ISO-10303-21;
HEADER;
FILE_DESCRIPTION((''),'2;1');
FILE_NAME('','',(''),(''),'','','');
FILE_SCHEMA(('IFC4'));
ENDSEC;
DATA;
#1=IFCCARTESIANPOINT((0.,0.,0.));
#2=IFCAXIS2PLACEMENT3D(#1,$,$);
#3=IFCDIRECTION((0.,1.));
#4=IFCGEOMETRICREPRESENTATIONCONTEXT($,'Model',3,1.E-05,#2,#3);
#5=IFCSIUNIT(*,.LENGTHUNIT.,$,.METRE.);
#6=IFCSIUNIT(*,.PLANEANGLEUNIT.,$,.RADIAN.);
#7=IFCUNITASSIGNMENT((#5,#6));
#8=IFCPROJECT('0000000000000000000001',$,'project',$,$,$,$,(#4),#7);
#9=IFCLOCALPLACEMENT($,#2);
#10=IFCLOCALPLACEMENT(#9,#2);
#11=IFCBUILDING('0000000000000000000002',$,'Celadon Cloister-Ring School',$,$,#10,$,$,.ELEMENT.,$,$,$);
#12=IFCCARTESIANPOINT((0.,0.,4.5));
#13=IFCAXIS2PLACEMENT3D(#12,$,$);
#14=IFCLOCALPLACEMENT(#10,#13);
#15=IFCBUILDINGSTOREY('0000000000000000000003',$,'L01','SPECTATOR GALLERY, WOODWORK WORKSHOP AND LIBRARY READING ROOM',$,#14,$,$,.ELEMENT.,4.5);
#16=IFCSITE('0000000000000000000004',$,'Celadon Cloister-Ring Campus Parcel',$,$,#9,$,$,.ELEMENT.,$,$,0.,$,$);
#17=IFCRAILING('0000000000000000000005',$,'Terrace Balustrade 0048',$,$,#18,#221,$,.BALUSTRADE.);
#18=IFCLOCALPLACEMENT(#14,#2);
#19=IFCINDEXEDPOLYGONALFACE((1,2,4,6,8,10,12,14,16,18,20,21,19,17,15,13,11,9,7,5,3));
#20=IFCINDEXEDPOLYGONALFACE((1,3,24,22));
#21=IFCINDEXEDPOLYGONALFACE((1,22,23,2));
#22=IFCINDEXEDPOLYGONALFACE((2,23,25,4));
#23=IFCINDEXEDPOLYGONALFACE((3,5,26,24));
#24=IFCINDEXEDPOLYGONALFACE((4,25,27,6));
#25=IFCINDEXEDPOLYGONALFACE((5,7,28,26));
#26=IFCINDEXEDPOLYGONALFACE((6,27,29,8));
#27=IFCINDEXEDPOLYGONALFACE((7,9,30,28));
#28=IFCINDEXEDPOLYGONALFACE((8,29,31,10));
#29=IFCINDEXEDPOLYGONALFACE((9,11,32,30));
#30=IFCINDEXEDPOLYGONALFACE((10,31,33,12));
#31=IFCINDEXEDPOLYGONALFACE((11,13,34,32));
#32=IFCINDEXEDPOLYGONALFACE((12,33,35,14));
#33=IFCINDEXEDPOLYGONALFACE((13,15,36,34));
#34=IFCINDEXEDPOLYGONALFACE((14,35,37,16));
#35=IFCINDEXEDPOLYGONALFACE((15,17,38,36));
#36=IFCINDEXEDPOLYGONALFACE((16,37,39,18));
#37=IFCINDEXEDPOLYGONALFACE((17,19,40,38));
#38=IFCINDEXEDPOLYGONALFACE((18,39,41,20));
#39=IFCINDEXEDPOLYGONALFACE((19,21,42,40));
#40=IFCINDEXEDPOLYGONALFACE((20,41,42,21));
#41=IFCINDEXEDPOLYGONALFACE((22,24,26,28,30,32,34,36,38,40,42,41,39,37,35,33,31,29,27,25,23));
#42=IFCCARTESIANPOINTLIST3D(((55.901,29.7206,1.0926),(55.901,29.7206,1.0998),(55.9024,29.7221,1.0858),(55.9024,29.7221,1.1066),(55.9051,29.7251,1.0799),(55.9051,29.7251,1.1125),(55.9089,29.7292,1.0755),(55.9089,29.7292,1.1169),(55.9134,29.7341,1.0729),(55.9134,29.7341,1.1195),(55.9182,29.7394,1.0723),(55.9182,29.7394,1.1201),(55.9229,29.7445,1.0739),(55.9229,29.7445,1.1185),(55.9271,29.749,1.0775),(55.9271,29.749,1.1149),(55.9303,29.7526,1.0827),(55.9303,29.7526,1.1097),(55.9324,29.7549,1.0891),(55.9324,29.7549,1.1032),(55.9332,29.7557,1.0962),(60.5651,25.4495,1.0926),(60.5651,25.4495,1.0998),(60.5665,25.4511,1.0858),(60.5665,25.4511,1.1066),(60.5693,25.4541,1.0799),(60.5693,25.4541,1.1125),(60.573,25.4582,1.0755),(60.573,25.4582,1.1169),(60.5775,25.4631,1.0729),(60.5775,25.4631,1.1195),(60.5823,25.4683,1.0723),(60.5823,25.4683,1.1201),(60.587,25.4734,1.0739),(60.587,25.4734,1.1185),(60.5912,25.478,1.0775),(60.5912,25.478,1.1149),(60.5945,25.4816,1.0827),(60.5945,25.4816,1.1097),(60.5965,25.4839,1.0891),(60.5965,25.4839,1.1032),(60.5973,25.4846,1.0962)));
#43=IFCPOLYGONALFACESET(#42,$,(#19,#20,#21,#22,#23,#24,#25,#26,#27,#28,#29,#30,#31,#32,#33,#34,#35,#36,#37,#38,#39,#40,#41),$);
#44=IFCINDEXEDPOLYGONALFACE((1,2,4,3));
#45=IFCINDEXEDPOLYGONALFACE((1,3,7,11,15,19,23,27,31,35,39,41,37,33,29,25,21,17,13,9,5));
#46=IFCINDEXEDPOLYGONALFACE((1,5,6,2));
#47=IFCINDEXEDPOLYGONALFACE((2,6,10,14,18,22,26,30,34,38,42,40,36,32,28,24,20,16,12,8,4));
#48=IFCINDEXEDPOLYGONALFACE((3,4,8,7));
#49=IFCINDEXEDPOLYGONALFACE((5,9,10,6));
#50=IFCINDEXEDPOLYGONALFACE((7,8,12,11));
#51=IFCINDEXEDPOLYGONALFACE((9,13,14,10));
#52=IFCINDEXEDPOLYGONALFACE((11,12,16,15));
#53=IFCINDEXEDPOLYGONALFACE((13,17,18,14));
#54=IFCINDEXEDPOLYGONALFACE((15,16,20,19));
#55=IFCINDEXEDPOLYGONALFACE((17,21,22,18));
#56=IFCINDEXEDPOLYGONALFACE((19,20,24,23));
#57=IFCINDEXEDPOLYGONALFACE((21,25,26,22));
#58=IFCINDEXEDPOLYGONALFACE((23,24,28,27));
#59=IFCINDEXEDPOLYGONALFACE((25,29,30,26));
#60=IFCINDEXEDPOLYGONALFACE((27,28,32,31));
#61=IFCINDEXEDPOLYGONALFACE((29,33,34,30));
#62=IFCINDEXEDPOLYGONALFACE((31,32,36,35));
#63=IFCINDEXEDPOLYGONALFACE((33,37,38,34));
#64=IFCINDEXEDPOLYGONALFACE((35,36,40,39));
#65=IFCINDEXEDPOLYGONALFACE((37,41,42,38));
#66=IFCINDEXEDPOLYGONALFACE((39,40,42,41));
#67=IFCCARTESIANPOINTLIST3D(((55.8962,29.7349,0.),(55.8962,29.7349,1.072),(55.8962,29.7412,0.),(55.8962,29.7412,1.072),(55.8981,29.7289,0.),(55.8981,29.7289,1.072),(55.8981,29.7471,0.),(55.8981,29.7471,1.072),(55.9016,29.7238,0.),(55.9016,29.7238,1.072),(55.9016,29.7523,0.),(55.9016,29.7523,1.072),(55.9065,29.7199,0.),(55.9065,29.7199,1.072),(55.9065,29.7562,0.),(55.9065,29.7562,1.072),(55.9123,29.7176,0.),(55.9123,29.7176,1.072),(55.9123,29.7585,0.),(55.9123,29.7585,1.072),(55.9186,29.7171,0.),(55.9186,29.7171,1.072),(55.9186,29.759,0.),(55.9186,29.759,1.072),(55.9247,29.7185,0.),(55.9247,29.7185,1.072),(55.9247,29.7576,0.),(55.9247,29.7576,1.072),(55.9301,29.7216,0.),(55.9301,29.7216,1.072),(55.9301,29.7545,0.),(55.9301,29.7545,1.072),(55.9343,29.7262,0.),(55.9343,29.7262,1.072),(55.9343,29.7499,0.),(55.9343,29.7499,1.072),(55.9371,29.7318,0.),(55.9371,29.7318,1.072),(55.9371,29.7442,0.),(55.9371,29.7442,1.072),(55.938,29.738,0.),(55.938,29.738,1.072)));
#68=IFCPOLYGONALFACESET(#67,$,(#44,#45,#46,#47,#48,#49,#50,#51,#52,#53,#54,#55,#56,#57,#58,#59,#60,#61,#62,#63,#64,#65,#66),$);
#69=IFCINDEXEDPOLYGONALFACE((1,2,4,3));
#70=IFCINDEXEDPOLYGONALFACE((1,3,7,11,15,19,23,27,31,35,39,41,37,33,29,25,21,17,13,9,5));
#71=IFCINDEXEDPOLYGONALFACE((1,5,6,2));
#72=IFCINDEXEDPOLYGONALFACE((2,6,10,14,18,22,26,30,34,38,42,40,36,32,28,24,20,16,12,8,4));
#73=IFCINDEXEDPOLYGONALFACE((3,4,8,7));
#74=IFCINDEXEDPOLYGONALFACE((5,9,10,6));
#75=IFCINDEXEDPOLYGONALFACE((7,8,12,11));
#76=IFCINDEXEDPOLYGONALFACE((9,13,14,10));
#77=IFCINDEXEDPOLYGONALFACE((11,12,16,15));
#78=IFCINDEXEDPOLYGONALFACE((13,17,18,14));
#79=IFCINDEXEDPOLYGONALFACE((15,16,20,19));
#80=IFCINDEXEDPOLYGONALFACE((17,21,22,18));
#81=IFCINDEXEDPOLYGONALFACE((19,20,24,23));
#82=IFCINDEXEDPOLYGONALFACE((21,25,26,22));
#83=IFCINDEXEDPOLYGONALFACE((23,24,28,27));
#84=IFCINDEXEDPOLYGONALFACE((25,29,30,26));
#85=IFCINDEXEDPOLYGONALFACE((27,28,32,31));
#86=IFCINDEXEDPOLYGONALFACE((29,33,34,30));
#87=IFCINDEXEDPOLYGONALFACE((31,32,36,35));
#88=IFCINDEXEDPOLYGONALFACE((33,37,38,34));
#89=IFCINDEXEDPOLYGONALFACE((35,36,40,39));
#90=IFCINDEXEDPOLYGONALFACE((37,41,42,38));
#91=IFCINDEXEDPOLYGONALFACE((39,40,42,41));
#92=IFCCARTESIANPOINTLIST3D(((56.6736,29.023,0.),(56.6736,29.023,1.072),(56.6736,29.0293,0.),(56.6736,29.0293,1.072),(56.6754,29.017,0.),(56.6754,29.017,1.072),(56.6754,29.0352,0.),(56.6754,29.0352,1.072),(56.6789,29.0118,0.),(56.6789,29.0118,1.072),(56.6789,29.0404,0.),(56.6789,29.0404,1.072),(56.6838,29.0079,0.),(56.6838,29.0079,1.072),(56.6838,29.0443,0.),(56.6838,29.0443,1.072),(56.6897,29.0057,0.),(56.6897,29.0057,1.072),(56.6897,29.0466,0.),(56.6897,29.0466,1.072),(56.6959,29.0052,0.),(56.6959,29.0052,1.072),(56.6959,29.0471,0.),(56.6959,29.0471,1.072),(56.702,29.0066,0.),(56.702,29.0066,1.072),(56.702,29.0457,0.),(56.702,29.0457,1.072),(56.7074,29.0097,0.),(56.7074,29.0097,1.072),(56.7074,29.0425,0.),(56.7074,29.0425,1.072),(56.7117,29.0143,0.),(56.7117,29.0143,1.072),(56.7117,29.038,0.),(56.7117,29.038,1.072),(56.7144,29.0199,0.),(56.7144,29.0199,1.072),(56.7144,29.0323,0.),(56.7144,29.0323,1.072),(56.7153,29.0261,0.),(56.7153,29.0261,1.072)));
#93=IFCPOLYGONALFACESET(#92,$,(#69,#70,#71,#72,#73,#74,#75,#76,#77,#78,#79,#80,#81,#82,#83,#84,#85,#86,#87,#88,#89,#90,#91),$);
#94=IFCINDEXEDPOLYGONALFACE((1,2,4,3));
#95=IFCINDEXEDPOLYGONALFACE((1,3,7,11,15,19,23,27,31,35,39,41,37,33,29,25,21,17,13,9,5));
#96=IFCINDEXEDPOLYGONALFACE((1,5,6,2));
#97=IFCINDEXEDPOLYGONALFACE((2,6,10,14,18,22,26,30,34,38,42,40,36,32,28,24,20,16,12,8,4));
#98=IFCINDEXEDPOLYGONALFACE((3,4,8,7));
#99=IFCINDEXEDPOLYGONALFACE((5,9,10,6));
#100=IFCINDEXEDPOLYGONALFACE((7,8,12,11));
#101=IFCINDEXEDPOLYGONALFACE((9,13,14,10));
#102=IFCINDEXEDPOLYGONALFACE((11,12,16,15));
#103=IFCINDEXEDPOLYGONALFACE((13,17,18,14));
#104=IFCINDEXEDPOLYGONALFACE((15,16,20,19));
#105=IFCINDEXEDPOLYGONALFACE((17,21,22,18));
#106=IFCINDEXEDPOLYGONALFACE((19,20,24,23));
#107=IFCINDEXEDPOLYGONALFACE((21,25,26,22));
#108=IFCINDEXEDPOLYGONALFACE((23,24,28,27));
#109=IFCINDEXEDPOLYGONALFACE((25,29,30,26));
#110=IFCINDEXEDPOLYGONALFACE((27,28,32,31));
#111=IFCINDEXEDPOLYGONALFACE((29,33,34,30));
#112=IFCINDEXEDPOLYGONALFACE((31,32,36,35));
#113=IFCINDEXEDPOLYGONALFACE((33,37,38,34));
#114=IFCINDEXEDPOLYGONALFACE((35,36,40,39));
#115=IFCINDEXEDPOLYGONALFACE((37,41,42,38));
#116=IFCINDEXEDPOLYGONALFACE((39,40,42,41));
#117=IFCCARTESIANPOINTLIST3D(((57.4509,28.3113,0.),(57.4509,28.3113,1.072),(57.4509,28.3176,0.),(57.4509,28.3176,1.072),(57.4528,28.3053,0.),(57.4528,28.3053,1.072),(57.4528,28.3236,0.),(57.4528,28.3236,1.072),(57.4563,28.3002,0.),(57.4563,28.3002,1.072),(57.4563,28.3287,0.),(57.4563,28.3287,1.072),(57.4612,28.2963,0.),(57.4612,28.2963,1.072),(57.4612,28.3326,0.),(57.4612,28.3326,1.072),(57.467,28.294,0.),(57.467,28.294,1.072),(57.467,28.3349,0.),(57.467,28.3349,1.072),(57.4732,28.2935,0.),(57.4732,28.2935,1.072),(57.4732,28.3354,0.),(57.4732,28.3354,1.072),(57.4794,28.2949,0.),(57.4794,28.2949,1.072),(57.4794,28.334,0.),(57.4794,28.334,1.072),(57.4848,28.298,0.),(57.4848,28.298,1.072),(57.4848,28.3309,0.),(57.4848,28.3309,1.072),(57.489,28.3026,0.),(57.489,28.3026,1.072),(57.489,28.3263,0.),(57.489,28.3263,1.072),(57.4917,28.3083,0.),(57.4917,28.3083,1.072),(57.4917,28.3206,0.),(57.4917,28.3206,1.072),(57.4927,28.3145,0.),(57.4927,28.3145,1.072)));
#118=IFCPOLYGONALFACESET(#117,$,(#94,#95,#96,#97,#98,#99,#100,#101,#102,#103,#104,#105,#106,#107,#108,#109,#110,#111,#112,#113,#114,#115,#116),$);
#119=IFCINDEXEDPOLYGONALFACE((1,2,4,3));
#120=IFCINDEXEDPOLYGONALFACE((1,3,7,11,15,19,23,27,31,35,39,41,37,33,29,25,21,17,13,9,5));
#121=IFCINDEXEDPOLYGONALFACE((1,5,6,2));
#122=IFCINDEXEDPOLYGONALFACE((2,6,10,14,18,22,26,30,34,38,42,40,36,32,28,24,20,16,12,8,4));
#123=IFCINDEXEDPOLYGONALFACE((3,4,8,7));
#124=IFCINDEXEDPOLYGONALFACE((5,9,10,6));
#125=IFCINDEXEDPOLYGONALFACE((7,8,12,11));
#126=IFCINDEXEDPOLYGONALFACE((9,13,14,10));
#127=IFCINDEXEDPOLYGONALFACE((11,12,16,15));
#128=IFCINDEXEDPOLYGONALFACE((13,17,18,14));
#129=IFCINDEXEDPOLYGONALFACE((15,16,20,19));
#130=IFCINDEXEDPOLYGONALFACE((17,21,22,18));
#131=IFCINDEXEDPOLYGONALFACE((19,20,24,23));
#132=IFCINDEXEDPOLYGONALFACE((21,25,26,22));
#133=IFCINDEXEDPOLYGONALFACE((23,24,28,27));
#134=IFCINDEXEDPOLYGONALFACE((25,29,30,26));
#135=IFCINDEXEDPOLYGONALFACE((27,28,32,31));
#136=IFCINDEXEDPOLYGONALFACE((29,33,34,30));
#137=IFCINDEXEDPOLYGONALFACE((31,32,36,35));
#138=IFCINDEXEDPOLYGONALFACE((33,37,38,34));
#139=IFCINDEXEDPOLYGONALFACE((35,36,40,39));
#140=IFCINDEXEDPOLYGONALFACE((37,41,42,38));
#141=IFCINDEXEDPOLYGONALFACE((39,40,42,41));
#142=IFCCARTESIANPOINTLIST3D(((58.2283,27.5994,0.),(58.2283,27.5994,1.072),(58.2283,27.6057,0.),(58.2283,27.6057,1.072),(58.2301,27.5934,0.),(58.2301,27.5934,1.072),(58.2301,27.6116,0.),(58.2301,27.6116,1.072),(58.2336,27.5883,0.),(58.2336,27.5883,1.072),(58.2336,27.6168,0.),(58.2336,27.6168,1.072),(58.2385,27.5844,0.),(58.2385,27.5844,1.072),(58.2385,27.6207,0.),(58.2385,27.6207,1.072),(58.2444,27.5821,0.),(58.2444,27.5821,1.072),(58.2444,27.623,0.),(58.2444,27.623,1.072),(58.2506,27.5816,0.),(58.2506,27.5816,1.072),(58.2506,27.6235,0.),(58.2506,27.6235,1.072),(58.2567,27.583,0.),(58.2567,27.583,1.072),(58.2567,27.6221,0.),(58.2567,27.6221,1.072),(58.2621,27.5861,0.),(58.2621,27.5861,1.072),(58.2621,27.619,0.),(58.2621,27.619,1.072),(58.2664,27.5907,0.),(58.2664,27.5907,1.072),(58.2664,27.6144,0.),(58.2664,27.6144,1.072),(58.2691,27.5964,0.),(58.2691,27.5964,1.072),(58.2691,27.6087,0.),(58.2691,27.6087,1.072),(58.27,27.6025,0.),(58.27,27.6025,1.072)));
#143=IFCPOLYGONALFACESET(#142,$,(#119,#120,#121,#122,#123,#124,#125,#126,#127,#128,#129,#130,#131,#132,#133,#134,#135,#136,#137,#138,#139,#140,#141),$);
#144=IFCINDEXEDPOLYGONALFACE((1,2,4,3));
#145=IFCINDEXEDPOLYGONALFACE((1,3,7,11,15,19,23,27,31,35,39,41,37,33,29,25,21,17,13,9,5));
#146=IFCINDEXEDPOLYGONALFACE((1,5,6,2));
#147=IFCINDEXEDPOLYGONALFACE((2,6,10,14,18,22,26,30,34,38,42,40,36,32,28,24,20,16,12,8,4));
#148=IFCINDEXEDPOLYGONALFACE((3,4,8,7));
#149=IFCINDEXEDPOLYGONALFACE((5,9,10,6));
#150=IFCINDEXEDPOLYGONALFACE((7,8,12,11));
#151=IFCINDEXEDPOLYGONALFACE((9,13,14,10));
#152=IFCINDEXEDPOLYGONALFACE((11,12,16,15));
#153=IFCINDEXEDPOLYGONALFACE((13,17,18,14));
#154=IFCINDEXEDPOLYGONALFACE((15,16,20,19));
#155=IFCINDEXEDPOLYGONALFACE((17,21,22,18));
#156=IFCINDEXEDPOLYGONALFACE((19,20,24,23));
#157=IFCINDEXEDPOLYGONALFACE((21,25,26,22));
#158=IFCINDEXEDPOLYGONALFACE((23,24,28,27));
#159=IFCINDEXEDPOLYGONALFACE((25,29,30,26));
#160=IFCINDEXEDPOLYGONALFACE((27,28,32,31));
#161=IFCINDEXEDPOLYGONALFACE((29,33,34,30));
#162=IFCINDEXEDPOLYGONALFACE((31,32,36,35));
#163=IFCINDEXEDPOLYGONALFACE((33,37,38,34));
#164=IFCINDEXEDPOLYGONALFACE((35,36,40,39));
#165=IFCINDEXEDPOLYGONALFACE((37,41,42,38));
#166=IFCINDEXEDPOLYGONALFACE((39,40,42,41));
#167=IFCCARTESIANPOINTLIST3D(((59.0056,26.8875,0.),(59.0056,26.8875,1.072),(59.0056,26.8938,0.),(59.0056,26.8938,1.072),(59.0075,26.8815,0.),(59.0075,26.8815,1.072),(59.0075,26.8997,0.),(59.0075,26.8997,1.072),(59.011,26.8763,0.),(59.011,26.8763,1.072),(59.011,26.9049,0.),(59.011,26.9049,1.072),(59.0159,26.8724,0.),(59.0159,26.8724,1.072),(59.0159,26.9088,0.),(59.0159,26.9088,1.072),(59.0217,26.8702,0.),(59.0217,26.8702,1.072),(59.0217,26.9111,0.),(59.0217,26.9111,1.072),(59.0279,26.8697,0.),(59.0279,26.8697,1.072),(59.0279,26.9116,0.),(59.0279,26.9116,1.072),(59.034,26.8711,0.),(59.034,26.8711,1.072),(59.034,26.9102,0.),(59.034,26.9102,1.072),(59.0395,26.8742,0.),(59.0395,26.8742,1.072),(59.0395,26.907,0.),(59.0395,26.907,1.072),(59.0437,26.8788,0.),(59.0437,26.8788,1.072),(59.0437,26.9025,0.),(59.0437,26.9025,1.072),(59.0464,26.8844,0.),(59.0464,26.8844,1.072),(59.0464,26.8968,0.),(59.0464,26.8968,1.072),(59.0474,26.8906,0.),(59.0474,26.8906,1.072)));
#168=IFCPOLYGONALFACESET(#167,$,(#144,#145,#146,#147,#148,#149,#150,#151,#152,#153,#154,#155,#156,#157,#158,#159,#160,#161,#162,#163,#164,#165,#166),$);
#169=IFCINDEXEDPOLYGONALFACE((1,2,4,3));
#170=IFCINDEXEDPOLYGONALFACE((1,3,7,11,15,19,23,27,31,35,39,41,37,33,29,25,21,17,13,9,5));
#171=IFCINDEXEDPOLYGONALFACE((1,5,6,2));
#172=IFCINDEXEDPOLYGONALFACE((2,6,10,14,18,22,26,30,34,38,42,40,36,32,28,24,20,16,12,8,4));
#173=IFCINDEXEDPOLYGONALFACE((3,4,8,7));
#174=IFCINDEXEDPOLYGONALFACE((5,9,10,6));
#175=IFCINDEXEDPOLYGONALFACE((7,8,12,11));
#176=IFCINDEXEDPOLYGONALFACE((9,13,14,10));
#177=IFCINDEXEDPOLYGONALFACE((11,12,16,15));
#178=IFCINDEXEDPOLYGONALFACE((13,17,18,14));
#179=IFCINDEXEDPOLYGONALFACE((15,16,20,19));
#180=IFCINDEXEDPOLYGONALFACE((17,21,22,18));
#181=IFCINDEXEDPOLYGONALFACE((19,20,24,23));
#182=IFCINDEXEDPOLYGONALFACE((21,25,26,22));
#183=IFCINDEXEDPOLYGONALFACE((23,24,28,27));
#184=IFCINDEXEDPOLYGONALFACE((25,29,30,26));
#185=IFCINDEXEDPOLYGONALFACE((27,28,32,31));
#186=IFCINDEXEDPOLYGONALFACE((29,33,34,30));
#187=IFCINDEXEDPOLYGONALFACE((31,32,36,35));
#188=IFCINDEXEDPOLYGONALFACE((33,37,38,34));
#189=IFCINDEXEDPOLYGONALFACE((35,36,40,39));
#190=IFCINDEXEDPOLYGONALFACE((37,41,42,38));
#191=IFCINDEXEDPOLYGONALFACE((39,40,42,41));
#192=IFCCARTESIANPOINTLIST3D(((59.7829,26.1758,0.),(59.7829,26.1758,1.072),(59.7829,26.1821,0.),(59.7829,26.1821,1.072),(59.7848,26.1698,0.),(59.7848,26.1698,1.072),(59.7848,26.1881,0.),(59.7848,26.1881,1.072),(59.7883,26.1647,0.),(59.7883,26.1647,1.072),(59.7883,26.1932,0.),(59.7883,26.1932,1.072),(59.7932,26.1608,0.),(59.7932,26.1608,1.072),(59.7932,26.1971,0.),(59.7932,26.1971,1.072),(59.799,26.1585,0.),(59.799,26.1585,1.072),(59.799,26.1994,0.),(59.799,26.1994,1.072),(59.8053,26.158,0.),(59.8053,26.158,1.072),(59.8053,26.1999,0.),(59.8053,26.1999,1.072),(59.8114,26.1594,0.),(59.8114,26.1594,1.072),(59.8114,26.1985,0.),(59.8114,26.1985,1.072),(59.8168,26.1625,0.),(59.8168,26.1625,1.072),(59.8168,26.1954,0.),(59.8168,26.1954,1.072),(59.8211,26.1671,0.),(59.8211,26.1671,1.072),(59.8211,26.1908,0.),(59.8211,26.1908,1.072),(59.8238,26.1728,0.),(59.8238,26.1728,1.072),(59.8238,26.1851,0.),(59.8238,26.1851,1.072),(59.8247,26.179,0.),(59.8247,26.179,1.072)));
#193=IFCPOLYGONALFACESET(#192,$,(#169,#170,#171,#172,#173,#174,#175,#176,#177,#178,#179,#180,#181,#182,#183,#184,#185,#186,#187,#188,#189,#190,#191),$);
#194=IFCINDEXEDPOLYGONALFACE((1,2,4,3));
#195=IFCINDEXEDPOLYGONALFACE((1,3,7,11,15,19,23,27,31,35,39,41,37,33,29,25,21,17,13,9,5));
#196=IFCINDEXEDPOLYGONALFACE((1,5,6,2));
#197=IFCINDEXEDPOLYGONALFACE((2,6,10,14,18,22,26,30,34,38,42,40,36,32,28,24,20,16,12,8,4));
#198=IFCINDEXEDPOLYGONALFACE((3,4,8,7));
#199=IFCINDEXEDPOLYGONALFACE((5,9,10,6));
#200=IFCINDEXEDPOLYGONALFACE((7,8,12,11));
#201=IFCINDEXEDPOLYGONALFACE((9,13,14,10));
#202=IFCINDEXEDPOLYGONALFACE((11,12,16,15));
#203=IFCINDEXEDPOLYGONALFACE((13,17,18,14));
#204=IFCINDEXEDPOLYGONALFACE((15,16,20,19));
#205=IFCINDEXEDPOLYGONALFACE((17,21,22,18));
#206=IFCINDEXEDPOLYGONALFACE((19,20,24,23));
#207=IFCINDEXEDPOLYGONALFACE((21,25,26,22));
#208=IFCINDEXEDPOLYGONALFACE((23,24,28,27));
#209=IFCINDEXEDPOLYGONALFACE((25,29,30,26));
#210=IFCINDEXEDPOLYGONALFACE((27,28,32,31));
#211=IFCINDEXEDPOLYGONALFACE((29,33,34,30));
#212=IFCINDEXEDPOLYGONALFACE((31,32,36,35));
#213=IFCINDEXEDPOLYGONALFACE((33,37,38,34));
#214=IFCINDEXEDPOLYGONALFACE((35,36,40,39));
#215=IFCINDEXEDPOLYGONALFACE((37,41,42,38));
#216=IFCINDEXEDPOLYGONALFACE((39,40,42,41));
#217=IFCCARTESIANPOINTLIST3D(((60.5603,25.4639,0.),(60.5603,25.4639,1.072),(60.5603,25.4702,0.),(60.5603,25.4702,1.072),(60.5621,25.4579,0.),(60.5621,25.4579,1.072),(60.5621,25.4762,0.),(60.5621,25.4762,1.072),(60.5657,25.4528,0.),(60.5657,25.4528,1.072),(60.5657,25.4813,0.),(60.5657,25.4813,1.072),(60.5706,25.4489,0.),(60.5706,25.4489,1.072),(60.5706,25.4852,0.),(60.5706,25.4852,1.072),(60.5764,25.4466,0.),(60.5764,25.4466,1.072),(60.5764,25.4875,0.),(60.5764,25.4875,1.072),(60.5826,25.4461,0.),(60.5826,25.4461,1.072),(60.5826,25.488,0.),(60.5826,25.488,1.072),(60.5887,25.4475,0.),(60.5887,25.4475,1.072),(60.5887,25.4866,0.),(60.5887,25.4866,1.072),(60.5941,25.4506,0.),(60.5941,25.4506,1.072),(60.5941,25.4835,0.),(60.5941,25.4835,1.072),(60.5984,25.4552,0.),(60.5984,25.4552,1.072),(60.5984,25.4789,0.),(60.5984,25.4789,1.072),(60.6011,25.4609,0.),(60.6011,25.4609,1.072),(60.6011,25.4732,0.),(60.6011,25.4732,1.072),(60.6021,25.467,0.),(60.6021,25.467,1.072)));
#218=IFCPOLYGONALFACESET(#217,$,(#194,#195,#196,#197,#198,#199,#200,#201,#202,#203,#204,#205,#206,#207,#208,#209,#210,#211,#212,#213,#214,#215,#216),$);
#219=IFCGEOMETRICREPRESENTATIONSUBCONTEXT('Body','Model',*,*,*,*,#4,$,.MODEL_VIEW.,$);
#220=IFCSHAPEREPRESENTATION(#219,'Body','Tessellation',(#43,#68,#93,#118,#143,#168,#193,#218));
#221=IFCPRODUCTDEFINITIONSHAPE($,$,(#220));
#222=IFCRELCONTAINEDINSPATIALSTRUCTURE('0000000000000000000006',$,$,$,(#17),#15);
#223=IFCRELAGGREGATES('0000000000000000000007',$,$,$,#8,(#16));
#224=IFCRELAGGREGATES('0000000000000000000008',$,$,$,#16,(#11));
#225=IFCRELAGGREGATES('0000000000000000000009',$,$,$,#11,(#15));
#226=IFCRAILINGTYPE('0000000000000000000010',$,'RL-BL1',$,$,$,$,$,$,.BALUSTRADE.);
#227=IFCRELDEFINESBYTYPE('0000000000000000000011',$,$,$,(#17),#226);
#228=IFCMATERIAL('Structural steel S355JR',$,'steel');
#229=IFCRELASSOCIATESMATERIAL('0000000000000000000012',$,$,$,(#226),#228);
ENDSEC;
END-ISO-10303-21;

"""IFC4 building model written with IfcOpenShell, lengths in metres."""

from ifc_helpers import new_model, si_unit, direction, frame, origin, origin_2d, place, context, subcontext, project, spatial, circle, extrude, material, type_object, element, save


model = new_model("IFC4")

# Units and contexts
model_context = context("Model", 3, precision=1e-05, world=origin(), true_north=direction((0.0, 1.0)))
body_context = subcontext(model_context, "Body", "Model", "MODEL_VIEW")
ifc_project = project(units=[si_unit("LENGTHUNIT", "METRE"), si_unit("PLANEANGLEUNIT", "RADIAN")], contexts=[model_context])

# Site, building, storey
site_placement = place(None, origin())
site = spatial("IfcSite", under=ifc_project, at=site_placement, Name="Celadon Cloister-Ring Campus Parcel", CompositionType="ELEMENT", RefElevation=0.0)
building_placement = place(site_placement, origin())
building = spatial("IfcBuilding", under=site, at=building_placement, Name="Celadon Cloister-Ring School", CompositionType="ELEMENT")
storey_placement = place(building_placement, frame((0.0, 0.0, 4.5)))
storey = spatial("IfcBuildingStorey", under=building, at=storey_placement, Name="L01", Description="SPECTATOR GALLERY, WOODWORK WORKSHOP AND LIBRARY READING ROOM", CompositionType="ELEMENT", Elevation=4.5)

# Railing
ifc_material_1 = material(Name="Structural steel S355JR", Category="steel")
railing_type = type_object("IfcRailingType", Name="RL-BL1", PredefinedType="BALUSTRADE", material=ifc_material_1)
railing_placement = place(storey_placement, frame((55.917, 29.738, 0.0)))
element("IfcRailing", 1, at=railing_placement, inside=storey, type_object=railing_type, Name="Terrace Balustrade 0048", PredefinedType="BALUSTRADE", context=body_context, shape_type="SweptSolid", body=[
    extrude(circle(Radius=0.0239, at=origin_2d()), frame((0.0, 0.0, 1.0962), z_axis=(0.7375, -0.675347, 0.0), x_axis=(0.675347, 0.7375, 0.0)), (0.0, 0.0, 1.0), 6.3242),
    extrude(circle(Radius=0.021, at=origin_2d()), origin(), (0.0, 0.0, 1.0), 1.072),
    extrude(circle(Radius=0.021, at=origin_2d()), frame((0.7773, -0.7119, 0.0)), (0.0, 0.0, 1.0), 1.072),
    extrude(circle(Radius=0.021, at=origin_2d()), frame((1.5547, -1.4236, 0.0)), (0.0, 0.0, 1.0), 1.072),
    extrude(circle(Radius=0.021, at=origin_2d()), frame((2.332, -2.1355, 0.0)), (0.0, 0.0, 1.0), 1.072),
    extrude(circle(Radius=0.021, at=origin_2d()), frame((3.1094, -2.8474, 0.0)), (0.0, 0.0, 1.0), 1.072),
    extrude(circle(Radius=0.021, at=origin_2d()), frame((3.8867, -3.5591, 0.0)), (0.0, 0.0, 1.0), 1.072),
    extrude(circle(Radius=0.021, at=origin_2d()), frame((4.6641, -4.271, 0.0)), (0.0, 0.0, 1.0), 1.072),
])

save(model, "model.ifc")
